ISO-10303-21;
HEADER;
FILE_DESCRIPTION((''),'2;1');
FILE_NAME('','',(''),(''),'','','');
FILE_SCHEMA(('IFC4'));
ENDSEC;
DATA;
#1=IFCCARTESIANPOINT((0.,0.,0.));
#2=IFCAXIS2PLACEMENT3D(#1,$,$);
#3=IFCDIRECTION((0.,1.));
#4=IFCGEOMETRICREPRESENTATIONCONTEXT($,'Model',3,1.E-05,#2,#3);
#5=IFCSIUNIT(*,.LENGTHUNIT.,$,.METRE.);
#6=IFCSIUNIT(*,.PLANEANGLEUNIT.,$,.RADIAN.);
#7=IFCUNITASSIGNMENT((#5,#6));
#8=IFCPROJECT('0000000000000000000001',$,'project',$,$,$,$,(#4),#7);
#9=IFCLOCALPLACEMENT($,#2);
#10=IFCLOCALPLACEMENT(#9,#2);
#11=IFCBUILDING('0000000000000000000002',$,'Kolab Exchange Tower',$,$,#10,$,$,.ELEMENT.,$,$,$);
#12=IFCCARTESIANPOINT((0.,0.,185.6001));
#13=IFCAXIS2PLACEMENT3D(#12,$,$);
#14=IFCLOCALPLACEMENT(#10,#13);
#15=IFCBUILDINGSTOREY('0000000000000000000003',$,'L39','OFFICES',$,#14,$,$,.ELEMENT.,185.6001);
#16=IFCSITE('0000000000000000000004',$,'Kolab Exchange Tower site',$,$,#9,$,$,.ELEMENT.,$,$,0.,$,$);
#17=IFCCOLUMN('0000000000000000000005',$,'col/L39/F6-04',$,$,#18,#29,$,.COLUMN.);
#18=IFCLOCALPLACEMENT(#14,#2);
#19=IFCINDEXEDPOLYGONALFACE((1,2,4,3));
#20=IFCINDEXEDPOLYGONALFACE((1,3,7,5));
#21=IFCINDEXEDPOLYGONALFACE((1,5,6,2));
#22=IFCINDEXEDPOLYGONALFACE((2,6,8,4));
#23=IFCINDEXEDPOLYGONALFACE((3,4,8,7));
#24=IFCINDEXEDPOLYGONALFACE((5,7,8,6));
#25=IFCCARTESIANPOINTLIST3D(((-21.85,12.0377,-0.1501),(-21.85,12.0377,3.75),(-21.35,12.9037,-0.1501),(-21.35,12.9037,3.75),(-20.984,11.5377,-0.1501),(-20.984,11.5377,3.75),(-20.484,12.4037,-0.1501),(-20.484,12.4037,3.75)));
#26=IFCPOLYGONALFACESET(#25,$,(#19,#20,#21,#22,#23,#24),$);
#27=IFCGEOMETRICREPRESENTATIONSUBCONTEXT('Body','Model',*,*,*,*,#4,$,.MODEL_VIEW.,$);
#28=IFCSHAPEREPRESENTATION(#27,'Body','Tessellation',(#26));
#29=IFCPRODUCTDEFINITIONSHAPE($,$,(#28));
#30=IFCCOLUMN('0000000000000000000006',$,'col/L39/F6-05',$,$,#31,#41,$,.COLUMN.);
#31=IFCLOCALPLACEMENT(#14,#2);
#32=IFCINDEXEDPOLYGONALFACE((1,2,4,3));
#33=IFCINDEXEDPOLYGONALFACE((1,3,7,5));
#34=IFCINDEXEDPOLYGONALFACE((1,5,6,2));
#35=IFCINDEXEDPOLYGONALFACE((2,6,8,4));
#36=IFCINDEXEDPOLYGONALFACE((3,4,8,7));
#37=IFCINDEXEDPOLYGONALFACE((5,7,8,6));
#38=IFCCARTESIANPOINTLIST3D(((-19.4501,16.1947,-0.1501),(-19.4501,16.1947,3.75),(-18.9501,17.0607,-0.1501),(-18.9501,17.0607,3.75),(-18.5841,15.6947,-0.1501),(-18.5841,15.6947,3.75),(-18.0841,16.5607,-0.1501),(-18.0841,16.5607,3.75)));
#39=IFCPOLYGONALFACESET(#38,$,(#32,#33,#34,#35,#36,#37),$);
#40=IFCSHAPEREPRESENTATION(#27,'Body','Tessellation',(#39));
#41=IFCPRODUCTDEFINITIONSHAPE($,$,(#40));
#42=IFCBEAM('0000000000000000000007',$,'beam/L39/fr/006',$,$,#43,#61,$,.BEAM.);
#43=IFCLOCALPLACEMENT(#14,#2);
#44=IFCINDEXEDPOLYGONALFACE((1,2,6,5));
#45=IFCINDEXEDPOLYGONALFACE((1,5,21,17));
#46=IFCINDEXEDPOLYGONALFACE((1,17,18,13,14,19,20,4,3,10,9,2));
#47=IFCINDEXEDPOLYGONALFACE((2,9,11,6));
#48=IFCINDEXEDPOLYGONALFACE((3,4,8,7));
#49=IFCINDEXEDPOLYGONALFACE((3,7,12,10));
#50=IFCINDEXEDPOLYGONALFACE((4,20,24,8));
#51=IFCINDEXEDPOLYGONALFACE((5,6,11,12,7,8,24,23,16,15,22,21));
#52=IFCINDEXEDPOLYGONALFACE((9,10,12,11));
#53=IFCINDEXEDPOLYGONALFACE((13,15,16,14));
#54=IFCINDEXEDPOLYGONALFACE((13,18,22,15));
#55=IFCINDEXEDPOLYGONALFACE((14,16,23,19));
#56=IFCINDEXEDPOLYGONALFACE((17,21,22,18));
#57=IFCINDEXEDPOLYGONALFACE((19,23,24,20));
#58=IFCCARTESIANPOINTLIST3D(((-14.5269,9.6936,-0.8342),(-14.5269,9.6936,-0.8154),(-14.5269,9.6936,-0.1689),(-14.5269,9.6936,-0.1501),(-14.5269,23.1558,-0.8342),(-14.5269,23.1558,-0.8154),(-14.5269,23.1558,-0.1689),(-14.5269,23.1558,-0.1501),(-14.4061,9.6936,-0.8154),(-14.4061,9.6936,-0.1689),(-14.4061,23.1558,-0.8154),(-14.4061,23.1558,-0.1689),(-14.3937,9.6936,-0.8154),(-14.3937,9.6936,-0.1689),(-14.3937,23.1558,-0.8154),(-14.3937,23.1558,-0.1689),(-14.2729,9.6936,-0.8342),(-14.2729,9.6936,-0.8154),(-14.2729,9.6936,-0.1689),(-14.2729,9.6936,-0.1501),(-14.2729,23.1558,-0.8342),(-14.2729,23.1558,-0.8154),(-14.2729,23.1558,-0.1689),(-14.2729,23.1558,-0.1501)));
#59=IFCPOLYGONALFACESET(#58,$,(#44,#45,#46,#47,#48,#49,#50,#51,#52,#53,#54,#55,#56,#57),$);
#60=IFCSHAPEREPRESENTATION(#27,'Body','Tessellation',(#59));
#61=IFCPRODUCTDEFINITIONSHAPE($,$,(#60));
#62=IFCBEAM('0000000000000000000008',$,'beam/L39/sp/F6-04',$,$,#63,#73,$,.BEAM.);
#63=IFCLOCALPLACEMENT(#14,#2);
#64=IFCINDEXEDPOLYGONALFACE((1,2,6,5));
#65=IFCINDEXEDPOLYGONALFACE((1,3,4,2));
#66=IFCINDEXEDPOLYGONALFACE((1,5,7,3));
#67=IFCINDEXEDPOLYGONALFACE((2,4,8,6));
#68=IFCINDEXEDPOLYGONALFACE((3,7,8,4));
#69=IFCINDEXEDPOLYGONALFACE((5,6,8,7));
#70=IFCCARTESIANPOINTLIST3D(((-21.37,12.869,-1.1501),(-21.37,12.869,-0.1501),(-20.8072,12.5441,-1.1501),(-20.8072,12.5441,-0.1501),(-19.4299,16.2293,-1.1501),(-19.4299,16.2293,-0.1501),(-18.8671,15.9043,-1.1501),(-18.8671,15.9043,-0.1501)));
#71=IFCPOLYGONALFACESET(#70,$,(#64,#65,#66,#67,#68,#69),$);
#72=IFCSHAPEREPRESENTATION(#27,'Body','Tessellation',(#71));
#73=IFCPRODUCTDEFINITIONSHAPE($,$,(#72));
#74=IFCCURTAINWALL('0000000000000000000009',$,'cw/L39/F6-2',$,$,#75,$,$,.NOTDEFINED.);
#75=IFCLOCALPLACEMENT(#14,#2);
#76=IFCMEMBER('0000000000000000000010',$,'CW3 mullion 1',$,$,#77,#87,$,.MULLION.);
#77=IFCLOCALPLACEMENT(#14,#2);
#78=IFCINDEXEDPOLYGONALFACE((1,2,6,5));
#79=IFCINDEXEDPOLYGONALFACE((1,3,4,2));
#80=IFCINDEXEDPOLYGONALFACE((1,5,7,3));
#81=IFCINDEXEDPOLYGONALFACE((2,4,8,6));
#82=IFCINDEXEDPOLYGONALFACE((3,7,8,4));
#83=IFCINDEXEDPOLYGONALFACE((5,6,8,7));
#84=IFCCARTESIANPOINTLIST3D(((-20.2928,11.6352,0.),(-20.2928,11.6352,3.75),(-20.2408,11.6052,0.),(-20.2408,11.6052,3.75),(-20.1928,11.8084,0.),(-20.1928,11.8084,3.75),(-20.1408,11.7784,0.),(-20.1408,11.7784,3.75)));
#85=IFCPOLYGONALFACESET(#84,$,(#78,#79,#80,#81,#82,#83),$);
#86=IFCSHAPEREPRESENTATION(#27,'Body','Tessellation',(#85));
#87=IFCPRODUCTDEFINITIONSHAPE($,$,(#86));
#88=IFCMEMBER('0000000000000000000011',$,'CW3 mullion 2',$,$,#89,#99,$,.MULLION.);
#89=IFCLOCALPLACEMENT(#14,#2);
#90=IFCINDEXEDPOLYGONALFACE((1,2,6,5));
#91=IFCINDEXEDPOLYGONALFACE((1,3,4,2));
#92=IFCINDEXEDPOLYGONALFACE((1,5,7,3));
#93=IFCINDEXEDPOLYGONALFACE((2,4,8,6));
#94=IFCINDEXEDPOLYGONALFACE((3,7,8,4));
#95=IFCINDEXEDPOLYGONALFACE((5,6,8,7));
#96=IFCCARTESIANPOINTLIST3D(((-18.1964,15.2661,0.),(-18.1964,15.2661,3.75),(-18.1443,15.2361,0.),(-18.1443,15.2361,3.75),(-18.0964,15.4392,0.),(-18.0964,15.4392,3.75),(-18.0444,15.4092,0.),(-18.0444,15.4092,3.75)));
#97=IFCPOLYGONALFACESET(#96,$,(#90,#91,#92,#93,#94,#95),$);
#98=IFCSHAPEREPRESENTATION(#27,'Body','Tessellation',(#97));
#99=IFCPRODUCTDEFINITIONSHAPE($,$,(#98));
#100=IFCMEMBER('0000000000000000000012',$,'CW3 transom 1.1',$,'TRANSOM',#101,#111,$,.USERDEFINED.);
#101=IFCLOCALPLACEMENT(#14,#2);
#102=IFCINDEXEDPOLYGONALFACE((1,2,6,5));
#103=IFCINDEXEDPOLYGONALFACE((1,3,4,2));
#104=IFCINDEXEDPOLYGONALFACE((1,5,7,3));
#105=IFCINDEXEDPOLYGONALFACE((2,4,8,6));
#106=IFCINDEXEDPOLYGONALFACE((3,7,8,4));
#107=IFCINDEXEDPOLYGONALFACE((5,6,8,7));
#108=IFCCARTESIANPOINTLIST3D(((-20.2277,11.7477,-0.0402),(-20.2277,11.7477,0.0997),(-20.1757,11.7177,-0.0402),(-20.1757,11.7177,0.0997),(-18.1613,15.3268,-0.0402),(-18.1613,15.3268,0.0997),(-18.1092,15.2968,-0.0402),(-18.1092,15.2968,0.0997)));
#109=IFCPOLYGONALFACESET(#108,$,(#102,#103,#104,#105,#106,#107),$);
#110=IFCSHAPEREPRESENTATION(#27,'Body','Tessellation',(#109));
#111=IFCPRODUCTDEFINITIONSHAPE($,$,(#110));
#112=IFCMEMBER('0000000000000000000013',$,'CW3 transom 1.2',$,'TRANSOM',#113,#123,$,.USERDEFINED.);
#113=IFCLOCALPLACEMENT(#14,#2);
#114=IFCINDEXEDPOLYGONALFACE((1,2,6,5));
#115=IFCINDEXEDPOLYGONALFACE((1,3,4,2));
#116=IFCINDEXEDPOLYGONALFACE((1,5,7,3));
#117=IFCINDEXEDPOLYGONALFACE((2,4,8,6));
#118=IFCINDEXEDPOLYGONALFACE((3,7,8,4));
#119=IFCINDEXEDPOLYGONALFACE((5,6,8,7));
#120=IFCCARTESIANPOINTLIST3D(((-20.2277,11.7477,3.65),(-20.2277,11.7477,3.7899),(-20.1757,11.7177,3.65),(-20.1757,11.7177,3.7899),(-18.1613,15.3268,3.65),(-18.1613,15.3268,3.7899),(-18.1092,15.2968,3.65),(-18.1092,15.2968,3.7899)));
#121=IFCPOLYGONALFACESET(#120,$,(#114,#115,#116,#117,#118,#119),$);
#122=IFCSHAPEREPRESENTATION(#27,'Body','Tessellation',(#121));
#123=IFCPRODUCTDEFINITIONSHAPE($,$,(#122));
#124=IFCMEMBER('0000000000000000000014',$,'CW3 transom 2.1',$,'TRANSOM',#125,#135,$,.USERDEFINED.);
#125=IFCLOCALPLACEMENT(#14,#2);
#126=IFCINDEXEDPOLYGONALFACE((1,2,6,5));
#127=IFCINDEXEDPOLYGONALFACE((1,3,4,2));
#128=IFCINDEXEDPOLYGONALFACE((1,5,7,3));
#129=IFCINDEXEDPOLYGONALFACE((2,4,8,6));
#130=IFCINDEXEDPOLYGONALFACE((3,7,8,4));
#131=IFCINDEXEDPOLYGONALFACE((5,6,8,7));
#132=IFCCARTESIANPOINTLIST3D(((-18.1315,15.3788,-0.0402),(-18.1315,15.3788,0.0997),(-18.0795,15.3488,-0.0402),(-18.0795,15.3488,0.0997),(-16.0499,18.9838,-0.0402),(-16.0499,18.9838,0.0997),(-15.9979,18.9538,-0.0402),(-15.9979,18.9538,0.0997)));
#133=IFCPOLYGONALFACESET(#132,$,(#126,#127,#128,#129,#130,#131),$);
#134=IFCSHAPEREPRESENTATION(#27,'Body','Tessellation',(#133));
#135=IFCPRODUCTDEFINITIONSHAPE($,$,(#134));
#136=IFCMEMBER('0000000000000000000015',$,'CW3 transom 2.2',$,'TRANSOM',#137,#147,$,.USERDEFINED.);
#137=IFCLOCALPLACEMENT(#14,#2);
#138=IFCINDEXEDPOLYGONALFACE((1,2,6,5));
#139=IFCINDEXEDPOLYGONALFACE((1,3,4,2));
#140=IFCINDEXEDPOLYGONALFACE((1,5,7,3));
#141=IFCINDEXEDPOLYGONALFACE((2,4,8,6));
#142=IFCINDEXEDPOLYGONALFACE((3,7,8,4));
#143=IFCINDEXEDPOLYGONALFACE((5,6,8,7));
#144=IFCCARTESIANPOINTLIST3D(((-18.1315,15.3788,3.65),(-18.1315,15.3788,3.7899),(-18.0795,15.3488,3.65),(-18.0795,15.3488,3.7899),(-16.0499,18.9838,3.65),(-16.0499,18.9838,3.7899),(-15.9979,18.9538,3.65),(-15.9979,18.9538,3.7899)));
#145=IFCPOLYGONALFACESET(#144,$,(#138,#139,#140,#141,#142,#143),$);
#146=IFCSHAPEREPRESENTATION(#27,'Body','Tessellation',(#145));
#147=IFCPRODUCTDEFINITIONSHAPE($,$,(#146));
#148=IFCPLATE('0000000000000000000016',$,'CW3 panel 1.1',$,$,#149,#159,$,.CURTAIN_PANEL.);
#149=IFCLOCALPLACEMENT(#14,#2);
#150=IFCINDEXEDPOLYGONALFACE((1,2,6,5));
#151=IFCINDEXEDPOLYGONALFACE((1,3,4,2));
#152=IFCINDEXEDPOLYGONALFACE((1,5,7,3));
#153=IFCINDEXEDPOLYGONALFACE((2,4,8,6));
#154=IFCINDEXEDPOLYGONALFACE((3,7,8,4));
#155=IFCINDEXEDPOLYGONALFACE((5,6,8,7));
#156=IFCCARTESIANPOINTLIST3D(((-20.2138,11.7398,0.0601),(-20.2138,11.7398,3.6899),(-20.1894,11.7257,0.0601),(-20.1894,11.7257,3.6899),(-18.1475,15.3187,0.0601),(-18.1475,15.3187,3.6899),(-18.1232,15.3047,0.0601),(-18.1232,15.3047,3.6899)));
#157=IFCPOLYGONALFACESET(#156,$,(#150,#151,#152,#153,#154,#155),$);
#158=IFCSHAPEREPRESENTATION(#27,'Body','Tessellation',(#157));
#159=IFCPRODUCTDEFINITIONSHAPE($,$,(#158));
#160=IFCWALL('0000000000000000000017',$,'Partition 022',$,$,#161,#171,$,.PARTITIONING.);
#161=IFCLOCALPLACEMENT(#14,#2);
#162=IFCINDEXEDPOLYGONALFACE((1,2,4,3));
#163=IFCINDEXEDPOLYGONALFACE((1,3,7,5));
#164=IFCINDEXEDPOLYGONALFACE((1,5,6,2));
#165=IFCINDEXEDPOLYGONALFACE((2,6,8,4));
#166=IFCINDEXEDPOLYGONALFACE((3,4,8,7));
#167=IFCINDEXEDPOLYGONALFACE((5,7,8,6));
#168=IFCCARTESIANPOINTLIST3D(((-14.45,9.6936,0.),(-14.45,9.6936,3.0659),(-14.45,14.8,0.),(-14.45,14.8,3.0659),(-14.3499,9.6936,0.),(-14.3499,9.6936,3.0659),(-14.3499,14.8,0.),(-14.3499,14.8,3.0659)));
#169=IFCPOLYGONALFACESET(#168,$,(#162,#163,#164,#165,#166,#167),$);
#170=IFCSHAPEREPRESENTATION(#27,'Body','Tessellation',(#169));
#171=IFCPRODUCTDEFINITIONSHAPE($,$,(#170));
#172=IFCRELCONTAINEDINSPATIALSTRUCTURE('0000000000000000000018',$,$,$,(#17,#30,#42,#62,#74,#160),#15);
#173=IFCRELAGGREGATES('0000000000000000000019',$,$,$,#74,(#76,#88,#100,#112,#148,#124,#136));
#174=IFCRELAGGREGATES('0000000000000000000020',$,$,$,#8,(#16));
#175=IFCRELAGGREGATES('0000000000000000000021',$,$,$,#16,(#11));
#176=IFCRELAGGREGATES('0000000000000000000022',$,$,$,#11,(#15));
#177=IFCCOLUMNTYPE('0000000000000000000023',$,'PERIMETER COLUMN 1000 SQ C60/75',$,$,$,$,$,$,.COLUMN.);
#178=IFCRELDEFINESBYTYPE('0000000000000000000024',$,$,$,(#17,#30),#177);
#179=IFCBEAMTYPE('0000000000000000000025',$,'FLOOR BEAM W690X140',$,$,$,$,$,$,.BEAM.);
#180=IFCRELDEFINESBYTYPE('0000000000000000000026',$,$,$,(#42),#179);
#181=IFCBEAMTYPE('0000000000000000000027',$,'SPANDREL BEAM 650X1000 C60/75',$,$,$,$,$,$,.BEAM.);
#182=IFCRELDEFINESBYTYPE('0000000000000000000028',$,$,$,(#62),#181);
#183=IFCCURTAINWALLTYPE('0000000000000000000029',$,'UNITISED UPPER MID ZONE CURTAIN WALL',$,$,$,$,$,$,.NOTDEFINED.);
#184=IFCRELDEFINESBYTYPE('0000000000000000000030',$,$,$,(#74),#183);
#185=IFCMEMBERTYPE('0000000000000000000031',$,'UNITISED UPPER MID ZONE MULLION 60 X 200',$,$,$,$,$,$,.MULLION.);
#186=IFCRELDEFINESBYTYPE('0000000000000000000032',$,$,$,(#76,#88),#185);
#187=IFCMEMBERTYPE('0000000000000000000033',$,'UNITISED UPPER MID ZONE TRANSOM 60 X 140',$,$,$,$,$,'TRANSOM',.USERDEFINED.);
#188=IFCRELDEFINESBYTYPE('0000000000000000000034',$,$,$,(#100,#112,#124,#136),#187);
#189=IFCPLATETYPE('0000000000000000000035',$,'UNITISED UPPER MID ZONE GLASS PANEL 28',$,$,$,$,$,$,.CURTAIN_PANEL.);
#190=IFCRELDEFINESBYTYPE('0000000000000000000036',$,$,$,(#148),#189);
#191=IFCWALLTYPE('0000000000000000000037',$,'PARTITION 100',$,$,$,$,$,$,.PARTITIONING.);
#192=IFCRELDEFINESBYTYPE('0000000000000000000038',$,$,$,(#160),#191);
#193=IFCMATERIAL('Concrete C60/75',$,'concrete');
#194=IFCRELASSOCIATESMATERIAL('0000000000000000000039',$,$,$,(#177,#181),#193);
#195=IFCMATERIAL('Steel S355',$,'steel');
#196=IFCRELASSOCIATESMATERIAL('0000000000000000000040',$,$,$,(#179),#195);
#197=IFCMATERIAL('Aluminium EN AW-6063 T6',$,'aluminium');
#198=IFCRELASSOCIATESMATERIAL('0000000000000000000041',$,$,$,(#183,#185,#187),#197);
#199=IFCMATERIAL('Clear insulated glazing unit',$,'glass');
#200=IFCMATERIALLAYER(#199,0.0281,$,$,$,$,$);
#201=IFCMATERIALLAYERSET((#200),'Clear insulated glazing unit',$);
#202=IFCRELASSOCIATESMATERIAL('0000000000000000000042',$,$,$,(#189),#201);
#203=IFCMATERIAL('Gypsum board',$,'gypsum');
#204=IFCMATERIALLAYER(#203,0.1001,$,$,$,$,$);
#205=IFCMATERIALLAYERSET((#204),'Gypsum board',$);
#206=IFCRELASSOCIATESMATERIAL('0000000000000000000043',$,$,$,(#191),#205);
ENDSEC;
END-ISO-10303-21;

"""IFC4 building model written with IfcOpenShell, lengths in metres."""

from ifc_helpers import new_model, si_unit, direction, frame, frame_2d, origin, origin_2d, place, context, subcontext, project, spatial, rectangle, i_section, extrude, material, layer, layer_set, material_profile, profile_set, type_object, element, aggregate, save


model = new_model("IFC4")

# Units and contexts
model_context = context("Model", 3, precision=1e-05, world=origin(), true_north=direction((0.0, 1.0)))
body_context = subcontext(model_context, "Body", "Model", "MODEL_VIEW")
ifc_project = project(units=[si_unit("LENGTHUNIT", "METRE"), si_unit("PLANEANGLEUNIT", "RADIAN")], contexts=[model_context])

# Site, building, storey
site_placement = place(None, origin())
site = spatial("IfcSite", under=ifc_project, at=site_placement, Name="Kolab Exchange Tower site", CompositionType="ELEMENT", RefElevation=0.0)
building_placement = place(site_placement, origin())
building = spatial("IfcBuilding", under=site, at=building_placement, Name="Kolab Exchange Tower", CompositionType="ELEMENT")
storey_placement = place(building_placement, frame((0.0, 0.0, 185.6001)))
storey = spatial("IfcBuildingStorey", under=building, at=storey_placement, Name="L39", Description="OFFICES", CompositionType="ELEMENT", Elevation=185.6001)

# Columns
ifc_material_1 = material(Name="Concrete C60/75", Category="concrete")
ifc_material_profile_1 = material_profile(ifc_material_1, rectangle(XDim=1.0, YDim=1.0, at=origin_2d()), Name="RC1000")
ifc_profile_set_1 = profile_set([ifc_material_profile_1], Name="Concrete C60/75")
column_type = type_object("IfcColumnType", Name="PERIMETER COLUMN 1000 SQ C60/75", PredefinedType="COLUMN", material=ifc_profile_set_1)
for number, where, z_axis, x_axis, name in (
    (1, (-21.167, 12.2207, -0.1501), (0.0, 0.0, 1.0), (0.5, 0.866025, 0.0), "col/L39/F6-04"),
    (2, (-18.7671, 16.3777, -0.1501), (0.0, 0.0, 1.0), (0.5, 0.866025, 0.0), "col/L39/F6-05"),
):
    element("IfcColumn", number, at=place(storey_placement, frame(where, z_axis=z_axis, x_axis=x_axis)), inside=storey, type_object=column_type, Name=name, PredefinedType="COLUMN", context=body_context, shape_type="SweptSolid", body=[
        extrude(rectangle(XDim=1.0, YDim=1.0, at=origin_2d()), origin(), (0.0, 0.0, 1.0), 3.9001),
    ])

# Beams
ifc_material_2 = material(Name="Steel S355", Category="steel")
ifc_material_profile_2 = material_profile(ifc_material_2, i_section(OverallWidth=0.2539, OverallDepth=0.6841, WebThickness=0.0125, FlangeThickness=0.0188, at=origin_2d()), Name="W690X140")
ifc_profile_set_2 = profile_set([ifc_material_profile_2], Name="Steel S355")
beam_type_1 = type_object("IfcBeamType", Name="FLOOR BEAM W690X140", PredefinedType="BEAM", material=ifc_profile_set_2)
beam_1_placement = place(storey_placement, frame((-14.3999, 9.6936, -0.4922), z_axis=(0.0, 1.0, 0.0), x_axis=(-1.0, 0.0, 0.0)))
element("IfcBeam", 3, at=beam_1_placement, inside=storey, type_object=beam_type_1, Name="beam/L39/fr/006", PredefinedType="BEAM", context=body_context, shape_type="SweptSolid", body=[
    extrude(i_section(OverallWidth=0.2539, OverallDepth=0.6841, WebThickness=0.0125, FlangeThickness=0.0188, at=origin_2d()), origin(), (0.0, 0.0, 1.0), 13.4622),
])
ifc_material_profile_3 = material_profile(ifc_material_1, rectangle(XDim=0.6499, YDim=1.0, at=origin_2d()), Name="RC650X1000")
ifc_profile_set_3 = profile_set([ifc_material_profile_3], Name="Concrete C60/75")
beam_type_2 = type_object("IfcBeamType", Name="SPANDREL BEAM 650X1000 C60/75", PredefinedType="BEAM", material=ifc_profile_set_3)
beam_2_placement = place(storey_placement, frame((-21.0886, 12.7065, -0.6501), z_axis=(0.500017, 0.866016, 0.0), x_axis=(-0.866016, 0.500017, 0.0)))
element("IfcBeam", 4, at=beam_2_placement, inside=storey, type_object=beam_type_2, Name="beam/L39/sp/F6-04", PredefinedType="BEAM", context=body_context, shape_type="SweptSolid", body=[
    extrude(rectangle(XDim=0.6499, YDim=1.0, at=origin_2d()), origin(), (0.0, 0.0, 1.0), 3.8801),
])

# Curtain wall, members, plate
ifc_material_3 = material(Name="Aluminium EN AW-6063 T6", Category="aluminium")
curtain_wall_type = type_object("IfcCurtainWallType", Name="UNITISED UPPER MID ZONE CURTAIN WALL", PredefinedType="NOTDEFINED", material=ifc_material_3)
curtain_wall_placement = place(storey_placement, origin())
curtain_wall = element("IfcCurtainWall", 5, at=curtain_wall_placement, inside=storey, type_object=curtain_wall_type, Name="cw/L39/F6-2", PredefinedType="NOTDEFINED")
ifc_material_profile_4 = material_profile(ifc_material_3, rectangle(XDim=0.0601, YDim=0.2, at=origin_2d()), Name="RECT 60X200")
ifc_profile_set_4 = profile_set([ifc_material_profile_4], Name="Aluminium EN AW-6063 T6")
member_type_1 = type_object("IfcMemberType", Name="UNITISED UPPER MID ZONE MULLION 60 X 200", PredefinedType="MULLION", material=ifc_profile_set_4)
member_1_placement = place(storey_placement, frame((-20.2168, 11.7068, 0.0), z_axis=(0.0, 0.0, 1.0), x_axis=(-0.866025, 0.5, 0.0)))
member_1 = element("IfcMember", 6, at=member_1_placement, type_object=member_type_1, Name="CW3 mullion 1", PredefinedType="MULLION", context=body_context, shape_type="SweptSolid", body=[
    extrude(rectangle(XDim=0.0601, YDim=0.2, at=origin_2d()), origin(), (0.0, 0.0, 1.0), 3.75),
])
member_2_placement = place(storey_placement, frame((-18.1204, 15.3376, 0.0), z_axis=(0.0, 0.0, 1.0), x_axis=(-0.866025, 0.5, 0.0)))
member_2 = element("IfcMember", 7, at=member_2_placement, type_object=member_type_1, Name="CW3 mullion 2", PredefinedType="MULLION", context=body_context, shape_type="SweptSolid", body=[
    extrude(rectangle(XDim=0.0601, YDim=0.2, at=origin_2d()), origin(), (0.0, 0.0, 1.0), 3.75),
])
ifc_material_profile_5 = material_profile(ifc_material_3, rectangle(XDim=0.0601, YDim=0.1399, at=origin_2d()), Name="RECT 60X140")
ifc_profile_set_5 = profile_set([ifc_material_profile_5], Name="Aluminium EN AW-6063 T6")
member_type_2 = type_object("IfcMemberType", Name="UNITISED UPPER MID ZONE TRANSOM 60 X 140", ElementType="TRANSOM", PredefinedType="USERDEFINED", material=ifc_profile_set_5)
member_3_placement = place(storey_placement, frame((-20.2017, 11.7327, 0.0298), z_axis=(0.500002, 0.866024, 0.0), x_axis=(-0.866024, 0.500002, 0.0)))
member_3 = element("IfcMember", 8, at=member_3_placement, type_object=member_type_2, Name="CW3 transom 1.1", ObjectType="TRANSOM", PredefinedType="USERDEFINED", context=body_context, shape_type="SweptSolid", body=[
    extrude(rectangle(XDim=0.0601, YDim=0.1399, at=origin_2d()), origin(), (0.0, 0.0, 1.0), 4.1328),
])
member_4_placement = place(storey_placement, frame((-20.2017, 11.7327, 3.72), z_axis=(0.500002, 0.866024, 0.0), x_axis=(-0.866024, 0.500002, 0.0)))
member_4 = element("IfcMember", 9, at=member_4_placement, type_object=member_type_2, Name="CW3 transom 1.2", ObjectType="TRANSOM", PredefinedType="USERDEFINED", context=body_context, shape_type="SweptSolid", body=[
    extrude(rectangle(XDim=0.0601, YDim=0.1399, at=origin_2d()), origin(), (0.0, 0.0, 1.0), 4.1328),
])
member_5_placement = place(storey_placement, frame((-18.1055, 15.3638, 0.0298), z_axis=(0.500037, 0.866004, 0.0), x_axis=(-0.866004, 0.500037, 0.0)))
member_5 = element("IfcMember", 10, at=member_5_placement, type_object=member_type_2, Name="CW3 transom 2.1", ObjectType="TRANSOM", PredefinedType="USERDEFINED", context=body_context, shape_type="SweptSolid", body=[
    extrude(rectangle(XDim=0.0601, YDim=0.1399, at=origin_2d()), origin(), (0.0, 0.0, 1.0), 4.1628),
])
member_6_placement = place(storey_placement, frame((-18.1055, 15.3638, 3.72), z_axis=(0.500037, 0.866004, 0.0), x_axis=(-0.866004, 0.500037, 0.0)))
member_6 = element("IfcMember", 11, at=member_6_placement, type_object=member_type_2, Name="CW3 transom 2.2", ObjectType="TRANSOM", PredefinedType="USERDEFINED", context=body_context, shape_type="SweptSolid", body=[
    extrude(rectangle(XDim=0.0601, YDim=0.1399, at=origin_2d()), origin(), (0.0, 0.0, 1.0), 4.1628),
])
ifc_material_4 = material(Name="Clear insulated glazing unit", Category="glass")
ifc_layer_1 = layer(ifc_material_4, 0.0281)
ifc_layer_set_1 = layer_set([ifc_layer_1], Name="Clear insulated glazing unit")
plate_type = type_object("IfcPlateType", Name="UNITISED UPPER MID ZONE GLASS PANEL 28", PredefinedType="CURTAIN_PANEL", material=ifc_layer_set_1)
plate_placement = place(storey_placement, frame((-19.1685, 13.5222, 0.0601), z_axis=(0.0, 0.0, 1.0), x_axis=(0.5, 0.866025, 0.0)))
plate = element("IfcPlate", 12, at=plate_placement, type_object=plate_type, Name="CW3 panel 1.1", PredefinedType="CURTAIN_PANEL", context=body_context, shape_type="SweptSolid", body=[
    extrude(rectangle(XDim=4.1326, YDim=0.0281, at=origin_2d()), origin(), (0.0, 0.0, 1.0), 3.6299),
])
aggregate(curtain_wall, [member_1, member_2, member_3, member_4, plate, member_5, member_6])

# Wall
ifc_material_5 = material(Name="Gypsum board", Category="gypsum")
ifc_layer_2 = layer(ifc_material_5, 0.1001)
ifc_layer_set_2 = layer_set([ifc_layer_2], Name="Gypsum board")
wall_type_1 = type_object("IfcWallType", Name="PARTITION 100", PredefinedType="PARTITIONING", material=ifc_layer_set_2)
wall_1_placement = place(storey_placement, frame((-14.3999, 9.6936, 0.0), z_axis=(0.0, 0.0, 1.0), x_axis=(0.0, 1.0, 0.0)))
element("IfcWall", 13, at=wall_1_placement, inside=storey, type_object=wall_type_1, Name="Partition 022", PredefinedType="PARTITIONING", context=body_context, shape_type="SweptSolid", body=[
    extrude(rectangle(XDim=5.1064, YDim=0.1001, at=frame_2d((2.5532, 0.0))), origin(), (0.0, 0.0, 1.0), 3.0659),
])

save(model, "model.ifc")
